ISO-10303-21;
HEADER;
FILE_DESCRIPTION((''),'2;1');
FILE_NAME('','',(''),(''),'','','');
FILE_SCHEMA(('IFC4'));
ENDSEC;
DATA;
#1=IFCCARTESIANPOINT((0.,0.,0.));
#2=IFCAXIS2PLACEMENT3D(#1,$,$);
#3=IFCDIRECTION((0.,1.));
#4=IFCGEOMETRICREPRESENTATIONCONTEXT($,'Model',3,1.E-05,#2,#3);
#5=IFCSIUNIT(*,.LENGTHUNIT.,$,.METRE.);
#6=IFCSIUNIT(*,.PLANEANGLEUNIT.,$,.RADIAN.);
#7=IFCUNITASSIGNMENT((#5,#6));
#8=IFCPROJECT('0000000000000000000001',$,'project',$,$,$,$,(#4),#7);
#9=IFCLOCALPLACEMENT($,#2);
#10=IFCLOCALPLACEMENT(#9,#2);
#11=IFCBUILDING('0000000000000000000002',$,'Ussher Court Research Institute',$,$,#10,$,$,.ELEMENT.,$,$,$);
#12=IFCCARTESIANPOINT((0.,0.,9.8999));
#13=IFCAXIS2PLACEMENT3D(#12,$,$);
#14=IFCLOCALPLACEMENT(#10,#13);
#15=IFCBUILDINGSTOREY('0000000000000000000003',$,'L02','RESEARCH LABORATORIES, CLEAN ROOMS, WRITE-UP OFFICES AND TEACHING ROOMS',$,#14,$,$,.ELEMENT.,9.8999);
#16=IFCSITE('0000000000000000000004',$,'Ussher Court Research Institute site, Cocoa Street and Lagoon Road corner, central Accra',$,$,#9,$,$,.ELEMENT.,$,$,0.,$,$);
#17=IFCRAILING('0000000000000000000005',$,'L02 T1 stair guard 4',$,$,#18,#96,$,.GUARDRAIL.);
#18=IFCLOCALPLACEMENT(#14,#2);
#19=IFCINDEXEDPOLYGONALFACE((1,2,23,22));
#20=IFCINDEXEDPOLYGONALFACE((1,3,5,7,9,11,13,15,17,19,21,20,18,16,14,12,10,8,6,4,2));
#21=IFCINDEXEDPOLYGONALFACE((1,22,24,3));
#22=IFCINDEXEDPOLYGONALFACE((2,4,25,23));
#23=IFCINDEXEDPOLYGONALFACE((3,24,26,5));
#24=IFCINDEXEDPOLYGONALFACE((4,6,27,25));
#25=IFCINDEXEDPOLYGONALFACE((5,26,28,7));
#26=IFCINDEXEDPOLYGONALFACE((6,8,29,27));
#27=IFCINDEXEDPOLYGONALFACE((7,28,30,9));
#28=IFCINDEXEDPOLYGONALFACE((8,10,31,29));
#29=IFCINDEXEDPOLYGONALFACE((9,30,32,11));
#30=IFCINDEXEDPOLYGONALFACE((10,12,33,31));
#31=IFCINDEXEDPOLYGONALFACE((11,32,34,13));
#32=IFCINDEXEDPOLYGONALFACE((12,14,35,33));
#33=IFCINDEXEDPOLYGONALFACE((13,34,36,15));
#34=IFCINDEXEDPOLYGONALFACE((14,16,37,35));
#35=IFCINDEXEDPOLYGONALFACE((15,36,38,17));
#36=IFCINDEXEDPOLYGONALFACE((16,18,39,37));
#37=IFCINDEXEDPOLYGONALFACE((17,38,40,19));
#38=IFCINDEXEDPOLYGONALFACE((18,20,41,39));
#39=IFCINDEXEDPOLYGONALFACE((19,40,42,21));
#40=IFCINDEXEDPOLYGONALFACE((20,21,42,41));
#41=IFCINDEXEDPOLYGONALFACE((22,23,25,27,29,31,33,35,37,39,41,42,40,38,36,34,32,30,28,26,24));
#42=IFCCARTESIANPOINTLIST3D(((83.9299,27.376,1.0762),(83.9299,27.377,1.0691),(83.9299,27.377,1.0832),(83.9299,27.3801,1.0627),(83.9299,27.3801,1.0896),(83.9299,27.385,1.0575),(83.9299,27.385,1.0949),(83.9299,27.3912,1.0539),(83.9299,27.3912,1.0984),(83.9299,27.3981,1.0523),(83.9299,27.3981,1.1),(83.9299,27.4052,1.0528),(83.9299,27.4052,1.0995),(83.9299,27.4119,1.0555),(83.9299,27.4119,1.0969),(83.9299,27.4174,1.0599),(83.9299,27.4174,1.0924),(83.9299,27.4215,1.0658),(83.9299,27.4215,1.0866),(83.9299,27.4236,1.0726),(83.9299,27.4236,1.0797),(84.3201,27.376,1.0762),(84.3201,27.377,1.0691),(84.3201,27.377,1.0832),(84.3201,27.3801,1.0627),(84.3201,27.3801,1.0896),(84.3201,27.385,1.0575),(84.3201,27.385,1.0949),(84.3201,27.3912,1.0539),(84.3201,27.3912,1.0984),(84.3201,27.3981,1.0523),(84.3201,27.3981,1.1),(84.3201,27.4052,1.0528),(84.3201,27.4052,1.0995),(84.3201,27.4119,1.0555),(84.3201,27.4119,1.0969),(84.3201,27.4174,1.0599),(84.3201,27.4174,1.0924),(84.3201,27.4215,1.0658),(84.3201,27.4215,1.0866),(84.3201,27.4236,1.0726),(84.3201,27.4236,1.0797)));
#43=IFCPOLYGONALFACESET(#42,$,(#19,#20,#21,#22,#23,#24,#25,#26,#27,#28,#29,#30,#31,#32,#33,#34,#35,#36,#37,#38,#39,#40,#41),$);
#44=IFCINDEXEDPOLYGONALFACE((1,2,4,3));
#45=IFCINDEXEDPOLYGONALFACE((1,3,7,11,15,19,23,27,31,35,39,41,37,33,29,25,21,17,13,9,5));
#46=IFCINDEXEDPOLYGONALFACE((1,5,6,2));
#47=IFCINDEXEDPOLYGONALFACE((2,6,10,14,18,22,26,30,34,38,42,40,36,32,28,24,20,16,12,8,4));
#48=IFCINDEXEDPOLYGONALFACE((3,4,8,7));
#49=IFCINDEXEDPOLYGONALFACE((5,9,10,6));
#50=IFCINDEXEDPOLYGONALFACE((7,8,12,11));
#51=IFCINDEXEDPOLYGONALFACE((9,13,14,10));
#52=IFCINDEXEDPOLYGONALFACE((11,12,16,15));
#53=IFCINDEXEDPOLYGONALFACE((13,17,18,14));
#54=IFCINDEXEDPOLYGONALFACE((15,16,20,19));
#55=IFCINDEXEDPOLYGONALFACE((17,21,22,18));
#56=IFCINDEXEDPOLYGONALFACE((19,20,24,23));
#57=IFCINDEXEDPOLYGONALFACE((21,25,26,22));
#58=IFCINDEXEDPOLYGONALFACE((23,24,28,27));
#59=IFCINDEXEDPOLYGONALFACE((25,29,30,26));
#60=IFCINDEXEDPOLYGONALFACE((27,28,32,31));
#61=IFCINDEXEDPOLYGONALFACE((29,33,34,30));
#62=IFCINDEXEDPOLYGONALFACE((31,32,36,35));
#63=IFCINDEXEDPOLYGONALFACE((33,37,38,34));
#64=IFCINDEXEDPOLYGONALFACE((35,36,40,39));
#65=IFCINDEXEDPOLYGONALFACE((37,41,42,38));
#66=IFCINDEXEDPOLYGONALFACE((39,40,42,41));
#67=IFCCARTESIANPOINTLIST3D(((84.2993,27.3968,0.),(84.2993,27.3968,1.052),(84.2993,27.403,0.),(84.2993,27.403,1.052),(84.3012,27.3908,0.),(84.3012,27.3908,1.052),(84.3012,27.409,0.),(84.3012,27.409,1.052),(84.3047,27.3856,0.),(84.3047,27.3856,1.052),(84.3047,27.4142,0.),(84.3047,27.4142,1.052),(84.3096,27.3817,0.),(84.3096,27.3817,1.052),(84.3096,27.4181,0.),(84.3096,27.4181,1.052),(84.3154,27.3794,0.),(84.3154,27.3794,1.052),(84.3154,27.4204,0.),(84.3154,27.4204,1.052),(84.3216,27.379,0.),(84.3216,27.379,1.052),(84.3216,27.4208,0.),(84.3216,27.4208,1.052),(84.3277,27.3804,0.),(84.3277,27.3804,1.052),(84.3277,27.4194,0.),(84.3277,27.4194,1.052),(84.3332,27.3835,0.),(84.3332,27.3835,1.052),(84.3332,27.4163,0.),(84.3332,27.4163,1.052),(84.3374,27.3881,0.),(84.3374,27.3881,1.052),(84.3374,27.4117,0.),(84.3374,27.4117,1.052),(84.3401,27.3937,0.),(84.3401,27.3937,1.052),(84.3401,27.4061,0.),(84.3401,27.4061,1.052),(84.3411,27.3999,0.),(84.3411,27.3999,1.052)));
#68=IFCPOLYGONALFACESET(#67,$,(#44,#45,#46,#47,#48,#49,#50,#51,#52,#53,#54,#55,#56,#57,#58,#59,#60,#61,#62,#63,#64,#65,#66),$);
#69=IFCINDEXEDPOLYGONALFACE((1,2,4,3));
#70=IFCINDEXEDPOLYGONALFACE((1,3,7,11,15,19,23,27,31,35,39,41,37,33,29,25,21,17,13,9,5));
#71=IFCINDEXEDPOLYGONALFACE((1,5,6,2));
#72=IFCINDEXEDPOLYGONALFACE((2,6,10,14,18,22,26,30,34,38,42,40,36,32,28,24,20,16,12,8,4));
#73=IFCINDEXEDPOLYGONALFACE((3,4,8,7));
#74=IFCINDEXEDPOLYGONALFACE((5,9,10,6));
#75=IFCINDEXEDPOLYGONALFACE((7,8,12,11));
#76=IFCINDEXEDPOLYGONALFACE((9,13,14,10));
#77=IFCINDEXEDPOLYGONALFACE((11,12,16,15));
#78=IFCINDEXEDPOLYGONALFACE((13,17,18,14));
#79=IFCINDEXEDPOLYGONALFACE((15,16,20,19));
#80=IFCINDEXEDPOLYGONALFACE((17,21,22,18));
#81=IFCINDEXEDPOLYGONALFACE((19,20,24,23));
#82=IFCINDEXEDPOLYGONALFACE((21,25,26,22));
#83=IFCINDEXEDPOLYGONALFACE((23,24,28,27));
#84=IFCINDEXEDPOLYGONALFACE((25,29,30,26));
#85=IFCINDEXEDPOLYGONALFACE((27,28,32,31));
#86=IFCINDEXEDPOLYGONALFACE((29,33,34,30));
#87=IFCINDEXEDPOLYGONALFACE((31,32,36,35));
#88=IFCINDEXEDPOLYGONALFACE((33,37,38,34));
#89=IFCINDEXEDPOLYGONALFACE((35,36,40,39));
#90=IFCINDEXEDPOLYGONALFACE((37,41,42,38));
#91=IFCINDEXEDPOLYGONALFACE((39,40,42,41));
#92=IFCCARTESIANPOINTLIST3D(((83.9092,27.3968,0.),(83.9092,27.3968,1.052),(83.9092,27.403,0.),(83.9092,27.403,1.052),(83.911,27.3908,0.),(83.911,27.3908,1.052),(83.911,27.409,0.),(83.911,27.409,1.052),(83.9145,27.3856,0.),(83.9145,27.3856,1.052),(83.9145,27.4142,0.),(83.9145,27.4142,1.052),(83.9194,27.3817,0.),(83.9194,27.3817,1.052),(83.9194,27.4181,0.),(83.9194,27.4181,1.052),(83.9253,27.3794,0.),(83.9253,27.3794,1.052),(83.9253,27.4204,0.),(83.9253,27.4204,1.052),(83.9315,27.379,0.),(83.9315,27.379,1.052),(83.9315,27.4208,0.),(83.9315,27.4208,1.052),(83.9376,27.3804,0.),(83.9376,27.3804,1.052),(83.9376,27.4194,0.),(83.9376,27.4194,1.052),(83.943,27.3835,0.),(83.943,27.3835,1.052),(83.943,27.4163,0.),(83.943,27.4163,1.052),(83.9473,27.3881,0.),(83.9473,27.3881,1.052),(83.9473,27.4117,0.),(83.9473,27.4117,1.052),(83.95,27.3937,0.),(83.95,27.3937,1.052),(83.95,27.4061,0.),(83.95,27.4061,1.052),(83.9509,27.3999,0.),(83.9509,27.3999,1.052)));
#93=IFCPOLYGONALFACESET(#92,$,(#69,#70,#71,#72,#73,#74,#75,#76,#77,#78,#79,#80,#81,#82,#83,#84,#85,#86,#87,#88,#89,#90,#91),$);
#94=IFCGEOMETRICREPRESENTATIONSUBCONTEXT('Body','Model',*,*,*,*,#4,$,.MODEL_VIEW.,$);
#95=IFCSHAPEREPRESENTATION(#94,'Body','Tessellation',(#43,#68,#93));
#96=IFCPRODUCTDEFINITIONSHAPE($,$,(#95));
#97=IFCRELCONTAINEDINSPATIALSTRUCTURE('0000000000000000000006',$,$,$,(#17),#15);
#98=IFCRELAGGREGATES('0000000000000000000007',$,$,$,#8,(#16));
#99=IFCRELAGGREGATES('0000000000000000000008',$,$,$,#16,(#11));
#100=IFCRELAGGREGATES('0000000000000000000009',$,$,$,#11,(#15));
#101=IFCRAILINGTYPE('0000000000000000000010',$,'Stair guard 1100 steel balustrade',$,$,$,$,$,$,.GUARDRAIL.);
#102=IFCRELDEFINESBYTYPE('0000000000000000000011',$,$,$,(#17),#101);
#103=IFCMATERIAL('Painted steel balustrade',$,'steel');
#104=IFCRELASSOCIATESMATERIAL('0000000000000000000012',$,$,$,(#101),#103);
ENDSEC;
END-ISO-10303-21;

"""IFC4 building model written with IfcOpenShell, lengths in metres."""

from ifc_helpers import new_model, si_unit, direction, frame, origin, origin_2d, place, context, subcontext, project, spatial, circle, extrude, material, type_object, element, save


model = new_model("IFC4")

# Units and contexts
model_context = context("Model", 3, precision=1e-05, world=origin(), true_north=direction((0.0, 1.0)))
body_context = subcontext(model_context, "Body", "Model", "MODEL_VIEW")
ifc_project = project(units=[si_unit("LENGTHUNIT", "METRE"), si_unit("PLANEANGLEUNIT", "RADIAN")], contexts=[model_context])

# Site, building, storey
site_placement = place(None, origin())
site = spatial("IfcSite", under=ifc_project, at=site_placement, Name="Ussher Court Research Institute site, Cocoa Street and Lagoon Road corner, central Accra", CompositionType="ELEMENT", RefElevation=0.0)
building_placement = place(site_placement, origin())
building = spatial("IfcBuilding", under=site, at=building_placement, Name="Ussher Court Research Institute", CompositionType="ELEMENT")
storey_placement = place(building_placement, frame((0.0, 0.0, 9.8999)))
storey = spatial("IfcBuildingStorey", under=building, at=storey_placement, Name="L02", Description="RESEARCH LABORATORIES, CLEAN ROOMS, WRITE-UP OFFICES AND TEACHING ROOMS", CompositionType="ELEMENT", Elevation=9.8999)

# Railing
ifc_material_1 = material(Name="Painted steel balustrade", Category="steel")
railing_type_1 = type_object("IfcRailingType", Name="Stair guard 1100 steel balustrade", PredefinedType="GUARDRAIL", material=ifc_material_1)
railing_1_placement = place(storey_placement, frame((84.3201, 27.3999, 0.0)))
element("IfcRailing", 1, at=railing_1_placement, inside=storey, type_object=railing_type_1, Name="L02 T1 stair guard 4", PredefinedType="GUARDRAIL", context=body_context, shape_type="SweptSolid", body=[
    extrude(circle(Radius=0.0239, at=origin_2d()), frame((0.0, 0.0, 1.0762), z_axis=(-1.0, 0.0, 0.0), x_axis=(0.0, -1.0, 0.0)), (0.0, 0.0, 1.0), 0.3901),
    extrude(circle(Radius=0.021, at=origin_2d()), origin(), (0.0, 0.0, 1.0), 1.052),
    extrude(circle(Radius=0.021, at=origin_2d()), frame((-0.3901, 0.0, 0.0)), (0.0, 0.0, 1.0), 1.052),
])

save(model, "model.ifc")
